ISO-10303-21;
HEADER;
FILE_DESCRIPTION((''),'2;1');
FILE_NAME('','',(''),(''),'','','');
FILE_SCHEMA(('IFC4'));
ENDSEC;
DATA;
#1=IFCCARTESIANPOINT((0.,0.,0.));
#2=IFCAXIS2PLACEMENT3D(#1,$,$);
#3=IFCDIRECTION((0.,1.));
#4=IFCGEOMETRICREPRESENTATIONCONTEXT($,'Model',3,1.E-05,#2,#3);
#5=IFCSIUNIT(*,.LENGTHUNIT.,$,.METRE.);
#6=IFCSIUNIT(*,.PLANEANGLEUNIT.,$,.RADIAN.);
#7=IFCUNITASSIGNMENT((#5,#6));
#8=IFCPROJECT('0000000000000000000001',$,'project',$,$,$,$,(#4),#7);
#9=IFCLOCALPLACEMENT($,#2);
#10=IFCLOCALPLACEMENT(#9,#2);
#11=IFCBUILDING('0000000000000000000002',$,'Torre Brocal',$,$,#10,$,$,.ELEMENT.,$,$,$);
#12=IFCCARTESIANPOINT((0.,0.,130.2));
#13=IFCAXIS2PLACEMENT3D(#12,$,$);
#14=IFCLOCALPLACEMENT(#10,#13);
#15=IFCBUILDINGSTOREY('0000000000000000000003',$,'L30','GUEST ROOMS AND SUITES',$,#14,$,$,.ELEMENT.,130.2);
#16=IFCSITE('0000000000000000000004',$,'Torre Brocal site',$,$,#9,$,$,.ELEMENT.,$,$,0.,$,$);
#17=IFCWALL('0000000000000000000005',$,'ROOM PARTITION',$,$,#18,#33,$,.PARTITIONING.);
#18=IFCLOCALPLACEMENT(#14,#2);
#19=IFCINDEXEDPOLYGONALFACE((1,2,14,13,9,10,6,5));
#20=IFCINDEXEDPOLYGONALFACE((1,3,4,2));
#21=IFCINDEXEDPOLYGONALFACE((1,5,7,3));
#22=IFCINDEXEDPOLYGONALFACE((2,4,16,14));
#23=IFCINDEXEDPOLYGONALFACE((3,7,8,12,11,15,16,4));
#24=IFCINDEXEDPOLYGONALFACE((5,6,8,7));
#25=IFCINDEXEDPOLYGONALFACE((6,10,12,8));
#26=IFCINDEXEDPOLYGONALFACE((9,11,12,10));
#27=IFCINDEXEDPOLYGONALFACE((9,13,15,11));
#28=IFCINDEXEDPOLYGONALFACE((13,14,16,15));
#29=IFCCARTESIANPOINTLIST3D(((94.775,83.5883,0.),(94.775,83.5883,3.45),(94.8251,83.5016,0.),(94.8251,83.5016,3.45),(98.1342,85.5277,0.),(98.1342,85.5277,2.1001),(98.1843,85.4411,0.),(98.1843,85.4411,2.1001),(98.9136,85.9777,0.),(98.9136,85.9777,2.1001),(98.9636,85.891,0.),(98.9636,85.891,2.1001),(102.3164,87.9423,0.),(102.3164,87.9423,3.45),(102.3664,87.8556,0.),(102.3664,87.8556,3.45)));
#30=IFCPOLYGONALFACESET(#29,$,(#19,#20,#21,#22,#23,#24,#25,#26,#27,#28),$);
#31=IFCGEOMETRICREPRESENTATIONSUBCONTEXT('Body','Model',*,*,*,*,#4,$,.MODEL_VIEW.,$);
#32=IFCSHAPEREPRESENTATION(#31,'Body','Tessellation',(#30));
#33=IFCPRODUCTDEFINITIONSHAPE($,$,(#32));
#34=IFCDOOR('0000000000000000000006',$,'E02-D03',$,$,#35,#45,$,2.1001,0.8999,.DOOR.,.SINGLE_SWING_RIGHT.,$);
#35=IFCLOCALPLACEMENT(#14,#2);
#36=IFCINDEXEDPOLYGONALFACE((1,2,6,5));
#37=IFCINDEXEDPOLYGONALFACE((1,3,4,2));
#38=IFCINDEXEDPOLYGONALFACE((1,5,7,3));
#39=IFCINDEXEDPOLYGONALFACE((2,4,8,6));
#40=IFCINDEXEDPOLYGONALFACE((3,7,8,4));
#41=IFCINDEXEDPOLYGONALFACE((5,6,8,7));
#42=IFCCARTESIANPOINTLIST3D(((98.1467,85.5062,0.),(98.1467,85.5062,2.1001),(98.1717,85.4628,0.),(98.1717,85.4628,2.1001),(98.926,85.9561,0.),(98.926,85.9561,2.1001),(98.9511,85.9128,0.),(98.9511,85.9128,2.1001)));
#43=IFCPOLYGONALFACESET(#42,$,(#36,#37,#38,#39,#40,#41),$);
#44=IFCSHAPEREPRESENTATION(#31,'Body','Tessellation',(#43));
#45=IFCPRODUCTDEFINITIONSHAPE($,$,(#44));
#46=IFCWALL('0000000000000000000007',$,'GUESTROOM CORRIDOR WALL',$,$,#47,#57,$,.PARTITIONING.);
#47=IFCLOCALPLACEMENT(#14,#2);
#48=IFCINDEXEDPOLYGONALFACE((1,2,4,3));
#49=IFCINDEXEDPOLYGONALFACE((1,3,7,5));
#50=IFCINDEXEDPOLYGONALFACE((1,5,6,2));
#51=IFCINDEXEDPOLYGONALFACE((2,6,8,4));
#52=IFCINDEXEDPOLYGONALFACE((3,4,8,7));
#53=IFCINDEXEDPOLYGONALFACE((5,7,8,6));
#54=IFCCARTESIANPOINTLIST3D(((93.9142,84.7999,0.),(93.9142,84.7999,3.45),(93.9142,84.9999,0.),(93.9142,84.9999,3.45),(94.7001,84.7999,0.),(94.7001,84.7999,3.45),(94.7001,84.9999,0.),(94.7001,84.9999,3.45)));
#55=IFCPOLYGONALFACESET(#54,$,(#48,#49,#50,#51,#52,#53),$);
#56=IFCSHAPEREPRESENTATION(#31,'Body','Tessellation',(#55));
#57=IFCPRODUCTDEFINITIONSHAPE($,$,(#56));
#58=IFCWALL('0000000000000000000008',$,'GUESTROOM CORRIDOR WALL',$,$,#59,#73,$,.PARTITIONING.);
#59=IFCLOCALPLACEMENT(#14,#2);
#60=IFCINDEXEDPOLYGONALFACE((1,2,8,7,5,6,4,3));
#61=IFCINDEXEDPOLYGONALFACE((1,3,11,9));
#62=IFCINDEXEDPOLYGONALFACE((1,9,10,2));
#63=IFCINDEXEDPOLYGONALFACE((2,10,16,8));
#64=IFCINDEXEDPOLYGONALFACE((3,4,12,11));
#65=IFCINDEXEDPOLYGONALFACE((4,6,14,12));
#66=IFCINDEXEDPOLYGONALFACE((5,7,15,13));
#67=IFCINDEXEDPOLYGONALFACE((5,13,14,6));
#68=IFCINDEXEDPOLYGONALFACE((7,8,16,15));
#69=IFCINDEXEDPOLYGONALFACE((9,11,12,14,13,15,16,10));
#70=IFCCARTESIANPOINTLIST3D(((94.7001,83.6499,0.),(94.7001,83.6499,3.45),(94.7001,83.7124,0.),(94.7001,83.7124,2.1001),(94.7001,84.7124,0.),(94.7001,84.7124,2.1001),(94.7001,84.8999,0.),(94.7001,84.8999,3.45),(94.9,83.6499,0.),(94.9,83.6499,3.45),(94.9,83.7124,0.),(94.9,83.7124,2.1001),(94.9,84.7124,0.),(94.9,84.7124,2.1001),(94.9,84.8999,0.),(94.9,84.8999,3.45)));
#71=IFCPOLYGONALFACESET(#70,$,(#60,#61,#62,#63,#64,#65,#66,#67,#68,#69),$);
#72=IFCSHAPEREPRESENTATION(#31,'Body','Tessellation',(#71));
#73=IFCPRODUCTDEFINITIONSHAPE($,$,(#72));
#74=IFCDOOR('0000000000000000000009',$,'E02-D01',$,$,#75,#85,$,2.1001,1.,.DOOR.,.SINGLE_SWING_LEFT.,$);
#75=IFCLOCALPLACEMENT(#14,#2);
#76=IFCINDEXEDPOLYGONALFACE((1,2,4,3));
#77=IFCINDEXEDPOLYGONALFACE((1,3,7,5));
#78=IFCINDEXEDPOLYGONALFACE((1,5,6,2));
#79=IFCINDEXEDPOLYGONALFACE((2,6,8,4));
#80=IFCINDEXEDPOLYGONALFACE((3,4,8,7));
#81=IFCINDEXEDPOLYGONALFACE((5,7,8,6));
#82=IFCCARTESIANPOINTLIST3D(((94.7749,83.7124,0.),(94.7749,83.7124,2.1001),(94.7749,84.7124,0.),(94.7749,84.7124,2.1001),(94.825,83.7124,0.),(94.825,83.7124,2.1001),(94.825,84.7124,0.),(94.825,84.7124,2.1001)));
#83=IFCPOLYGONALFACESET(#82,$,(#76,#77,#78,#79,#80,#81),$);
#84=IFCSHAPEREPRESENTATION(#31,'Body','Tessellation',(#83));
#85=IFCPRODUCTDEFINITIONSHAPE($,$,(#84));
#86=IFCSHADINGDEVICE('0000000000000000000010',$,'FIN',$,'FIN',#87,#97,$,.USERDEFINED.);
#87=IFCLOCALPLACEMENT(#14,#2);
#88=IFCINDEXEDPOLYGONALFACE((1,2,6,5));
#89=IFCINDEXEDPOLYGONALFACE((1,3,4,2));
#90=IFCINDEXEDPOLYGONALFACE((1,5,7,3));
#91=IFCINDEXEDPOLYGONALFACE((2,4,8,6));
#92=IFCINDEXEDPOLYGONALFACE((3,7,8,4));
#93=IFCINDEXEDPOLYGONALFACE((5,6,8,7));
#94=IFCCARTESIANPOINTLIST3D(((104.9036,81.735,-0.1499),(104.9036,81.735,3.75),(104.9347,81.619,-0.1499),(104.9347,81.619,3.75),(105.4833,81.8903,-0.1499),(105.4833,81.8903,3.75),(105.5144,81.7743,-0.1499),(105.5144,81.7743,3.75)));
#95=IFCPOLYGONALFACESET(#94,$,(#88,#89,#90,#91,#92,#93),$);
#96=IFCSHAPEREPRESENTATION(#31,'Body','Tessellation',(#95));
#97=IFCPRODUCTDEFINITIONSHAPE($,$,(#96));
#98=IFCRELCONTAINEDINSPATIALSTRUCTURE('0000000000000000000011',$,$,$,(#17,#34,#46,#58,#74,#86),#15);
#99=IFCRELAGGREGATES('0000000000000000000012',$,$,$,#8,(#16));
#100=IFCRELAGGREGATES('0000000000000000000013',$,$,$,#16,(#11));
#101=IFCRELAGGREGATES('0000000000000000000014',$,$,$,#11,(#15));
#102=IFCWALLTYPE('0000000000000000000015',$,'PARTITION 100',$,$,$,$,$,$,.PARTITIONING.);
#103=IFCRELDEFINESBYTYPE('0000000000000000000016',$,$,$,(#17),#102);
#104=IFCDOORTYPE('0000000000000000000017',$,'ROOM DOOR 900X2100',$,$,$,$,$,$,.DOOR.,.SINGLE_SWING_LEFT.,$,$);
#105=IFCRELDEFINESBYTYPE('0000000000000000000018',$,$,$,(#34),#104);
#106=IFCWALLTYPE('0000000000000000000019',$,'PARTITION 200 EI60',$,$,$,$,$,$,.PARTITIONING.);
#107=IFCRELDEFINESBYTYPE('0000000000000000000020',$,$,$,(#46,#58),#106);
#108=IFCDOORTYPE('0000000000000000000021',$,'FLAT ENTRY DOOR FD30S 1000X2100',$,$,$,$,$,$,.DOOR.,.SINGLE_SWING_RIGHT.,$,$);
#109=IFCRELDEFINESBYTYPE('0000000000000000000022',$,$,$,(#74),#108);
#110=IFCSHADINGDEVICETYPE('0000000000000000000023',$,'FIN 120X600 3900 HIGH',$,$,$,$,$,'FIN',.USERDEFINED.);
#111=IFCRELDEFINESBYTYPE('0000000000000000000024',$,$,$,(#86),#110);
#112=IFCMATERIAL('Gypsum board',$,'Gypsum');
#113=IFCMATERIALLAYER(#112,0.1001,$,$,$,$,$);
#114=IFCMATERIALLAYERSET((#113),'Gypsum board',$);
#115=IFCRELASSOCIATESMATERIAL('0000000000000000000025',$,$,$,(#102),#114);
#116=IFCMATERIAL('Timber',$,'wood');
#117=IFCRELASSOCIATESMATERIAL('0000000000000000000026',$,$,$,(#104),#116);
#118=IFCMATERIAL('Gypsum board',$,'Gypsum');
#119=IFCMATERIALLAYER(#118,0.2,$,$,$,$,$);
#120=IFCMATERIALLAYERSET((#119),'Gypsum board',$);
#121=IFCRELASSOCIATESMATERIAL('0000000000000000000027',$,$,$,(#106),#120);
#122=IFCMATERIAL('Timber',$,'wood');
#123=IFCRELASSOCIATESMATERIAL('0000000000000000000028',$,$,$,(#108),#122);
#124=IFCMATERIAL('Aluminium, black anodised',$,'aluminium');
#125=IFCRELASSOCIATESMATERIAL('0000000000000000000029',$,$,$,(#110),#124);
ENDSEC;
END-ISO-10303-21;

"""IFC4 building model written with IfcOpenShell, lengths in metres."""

from ifc_helpers import new_model, si_unit, direction, frame, frame_2d, origin, origin_2d, place, context, subcontext, project, spatial, rectangle, extrude, material, layer, layer_set, material_profile, profile_set, type_object, element, fill, save


model = new_model("IFC4")

# Units and contexts
model_context = context("Model", 3, precision=1e-05, world=origin(), true_north=direction((0.0, 1.0)))
body_context = subcontext(model_context, "Body", "Model", "MODEL_VIEW")
ifc_project = project(units=[si_unit("LENGTHUNIT", "METRE"), si_unit("PLANEANGLEUNIT", "RADIAN")], contexts=[model_context])

# Site, building, storey
site_placement = place(None, origin())
site = spatial("IfcSite", under=ifc_project, at=site_placement, Name="Torre Brocal site", CompositionType="ELEMENT", RefElevation=0.0)
building_placement = place(site_placement, origin())
building = spatial("IfcBuilding", under=site, at=building_placement, Name="Torre Brocal", CompositionType="ELEMENT")
storey_placement = place(building_placement, frame((0.0, 0.0, 130.2)))
storey = spatial("IfcBuildingStorey", under=building, at=storey_placement, Name="L30", Description="GUEST ROOMS AND SUITES", CompositionType="ELEMENT", Elevation=130.2)

# Shared definitions
ifc_material_1 = material(Name="Gypsum board", Category="Gypsum")
ifc_layer_1 = layer(ifc_material_1, 0.1001)
ifc_layer_set_1 = layer_set([ifc_layer_1], Name="Gypsum board")
wall_type_1 = type_object("IfcWallType", Name="PARTITION 100", PredefinedType="PARTITIONING", material=ifc_layer_set_1)

# Wall, opening, door
wall_1_placement = place(storey_placement, frame((94.8, 83.5449, 0.0), z_axis=(0.0, 0.0, 1.0), x_axis=(0.866023, 0.500005, 0.0)))
wall_1 = element("IfcWall", 1, at=wall_1_placement, inside=storey, type_object=wall_type_1, Name="ROOM PARTITION", PredefinedType="PARTITIONING", context=body_context, shape_type="SweptSolid", body=[
    extrude(rectangle(XDim=8.708, YDim=0.1001, at=frame_2d((4.354, 0.0))), origin(), (0.0, 0.0, 1.0), 3.45),
])
opening_1_placement = place(wall_1_placement, frame((3.8789, 0.0, 0.0)))
opening_1 = element("IfcOpeningElement", 2, at=opening_1_placement, cuts=wall_1, PredefinedType="OPENING", context=body_context, shape_type="SweptSolid", body=[
    extrude(rectangle(XDim=0.8999, YDim=2.1001, at=frame_2d((0.45, 1.05))), frame((0.0, 0.0601, 0.0), z_axis=(0.0, -1.0, 0.0), x_axis=(1.0, 0.0, 0.0)), (0.0, 0.0, 1.0), 0.1201),
])
ifc_material_2 = material(Name="Timber", Category="wood")
door_type_1 = type_object("IfcDoorType", Name="ROOM DOOR 900X2100", OperationType="SINGLE_SWING_LEFT", PredefinedType="DOOR", material=ifc_material_2)
door_1_placement = place(opening_1_placement, frame((0.8999, 0.0, 0.0), z_axis=(0.0, 0.0, 1.0), x_axis=(-1.0, 0.0, 0.0)))
door_1 = element("IfcDoor", 3, at=door_1_placement, inside=storey, type_object=door_type_1, Name="E02-D03", OperationType="SINGLE_SWING_RIGHT", OverallHeight=2.1001, OverallWidth=0.8999, PredefinedType="DOOR", context=body_context, shape_type="SweptSolid", body=[
    extrude(rectangle(XDim=0.8999, YDim=2.1001, at=frame_2d((0.45, 1.05))), frame((0.0, 0.0249, 0.0), z_axis=(0.0, -1.0, 0.0), x_axis=(1.0, 0.0, 0.0)), (0.0, 0.0, 1.0), 0.05),
])
fill(opening_1, door_1)

# Wall
ifc_material_3 = material(Name="Gypsum board", Category="Gypsum")
ifc_layer_2 = layer(ifc_material_3, 0.2)
ifc_layer_set_2 = layer_set([ifc_layer_2], Name="Gypsum board")
wall_type_2 = type_object("IfcWallType", Name="PARTITION 200 EI60", PredefinedType="PARTITIONING", material=ifc_layer_set_2)
wall_2_placement = place(storey_placement, frame((93.9141, 84.8999, 0.0), z_axis=(0.0, 0.0, 1.0), x_axis=(1.0, 0.0, 0.0)))
element("IfcWall", 4, at=wall_2_placement, inside=storey, type_object=wall_type_2, Name="GUESTROOM CORRIDOR WALL", PredefinedType="PARTITIONING", context=body_context, shape_type="SweptSolid", body=[
    extrude(rectangle(XDim=0.7859, YDim=0.2, at=frame_2d((0.3931, 0.0))), origin(), (0.0, 0.0, 1.0), 3.45),
])

# Wall, opening, door
wall_3_placement = place(storey_placement, frame((94.8, 83.6499, 0.0), z_axis=(0.0, 0.0, 1.0), x_axis=(0.0, 1.0, 0.0)))
wall_3 = element("IfcWall", 5, at=wall_3_placement, inside=storey, type_object=wall_type_2, Name="GUESTROOM CORRIDOR WALL", PredefinedType="PARTITIONING", context=body_context, shape_type="SweptSolid", body=[
    extrude(rectangle(XDim=1.25, YDim=0.2, at=frame_2d((0.625, 0.0))), origin(), (0.0, 0.0, 1.0), 3.45),
])
opening_2_placement = place(wall_3_placement, frame((0.0625, 0.0, 0.0)))
opening_2 = element("IfcOpeningElement", 6, at=opening_2_placement, cuts=wall_3, PredefinedType="OPENING", context=body_context, shape_type="SweptSolid", body=[
    extrude(rectangle(XDim=1.0, YDim=2.1001, at=frame_2d((0.5, 1.05))), frame((0.0, 0.1099, 0.0), z_axis=(0.0, -1.0, 0.0), x_axis=(1.0, 0.0, 0.0)), (0.0, 0.0, 1.0), 0.22),
])
ifc_material_4 = material(Name="Timber", Category="wood")
door_type_2 = type_object("IfcDoorType", Name="FLAT ENTRY DOOR FD30S 1000X2100", OperationType="SINGLE_SWING_RIGHT", PredefinedType="DOOR", material=ifc_material_4)
door_2_placement = place(opening_2_placement, frame((1.0, 0.0, 0.0), z_axis=(0.0, 0.0, 1.0), x_axis=(-1.0, 0.0, 0.0)))
door_2 = element("IfcDoor", 7, at=door_2_placement, inside=storey, type_object=door_type_2, Name="E02-D01", OperationType="SINGLE_SWING_LEFT", OverallHeight=2.1001, OverallWidth=1.0, PredefinedType="DOOR", context=body_context, shape_type="SweptSolid", body=[
    extrude(rectangle(XDim=1.0, YDim=2.1001, at=frame_2d((0.5, 1.05))), frame((0.0, 0.0249, 0.0), z_axis=(0.0, -1.0, 0.0), x_axis=(1.0, 0.0, 0.0)), (0.0, 0.0, 1.0), 0.05),
])
fill(opening_2, door_2)

# Shading device
ifc_material_5 = material(Name="Aluminium, black anodised", Category="aluminium")
ifc_material_profile_1 = material_profile(ifc_material_5, rectangle(XDim=0.1201, YDim=0.6001, at=origin_2d()), Name="FIN 120X600 3900 HIGH")
ifc_profile_set_1 = profile_set([ifc_material_profile_1], Name="Aluminium, black anodised")
shading_device_type = type_object("IfcShadingDeviceType", Name="FIN 120X600 3900 HIGH", ElementType="FIN", PredefinedType="USERDEFINED", material=ifc_profile_set_1)
shading_device_placement = place(storey_placement, frame((105.209, 81.7546, -0.1499), z_axis=(0.0, 0.0, 1.0), x_axis=(-0.258819, 0.965926, 0.0)))
element("IfcShadingDevice", 8, at=shading_device_placement, inside=storey, type_object=shading_device_type, Name="FIN", ObjectType="FIN", PredefinedType="USERDEFINED", context=body_context, shape_type="SweptSolid", body=[
    extrude(rectangle(XDim=0.1201, YDim=0.6001, at=origin_2d()), origin(), (0.0, 0.0, 1.0), 3.8999),
])

save(model, "model.ifc")
